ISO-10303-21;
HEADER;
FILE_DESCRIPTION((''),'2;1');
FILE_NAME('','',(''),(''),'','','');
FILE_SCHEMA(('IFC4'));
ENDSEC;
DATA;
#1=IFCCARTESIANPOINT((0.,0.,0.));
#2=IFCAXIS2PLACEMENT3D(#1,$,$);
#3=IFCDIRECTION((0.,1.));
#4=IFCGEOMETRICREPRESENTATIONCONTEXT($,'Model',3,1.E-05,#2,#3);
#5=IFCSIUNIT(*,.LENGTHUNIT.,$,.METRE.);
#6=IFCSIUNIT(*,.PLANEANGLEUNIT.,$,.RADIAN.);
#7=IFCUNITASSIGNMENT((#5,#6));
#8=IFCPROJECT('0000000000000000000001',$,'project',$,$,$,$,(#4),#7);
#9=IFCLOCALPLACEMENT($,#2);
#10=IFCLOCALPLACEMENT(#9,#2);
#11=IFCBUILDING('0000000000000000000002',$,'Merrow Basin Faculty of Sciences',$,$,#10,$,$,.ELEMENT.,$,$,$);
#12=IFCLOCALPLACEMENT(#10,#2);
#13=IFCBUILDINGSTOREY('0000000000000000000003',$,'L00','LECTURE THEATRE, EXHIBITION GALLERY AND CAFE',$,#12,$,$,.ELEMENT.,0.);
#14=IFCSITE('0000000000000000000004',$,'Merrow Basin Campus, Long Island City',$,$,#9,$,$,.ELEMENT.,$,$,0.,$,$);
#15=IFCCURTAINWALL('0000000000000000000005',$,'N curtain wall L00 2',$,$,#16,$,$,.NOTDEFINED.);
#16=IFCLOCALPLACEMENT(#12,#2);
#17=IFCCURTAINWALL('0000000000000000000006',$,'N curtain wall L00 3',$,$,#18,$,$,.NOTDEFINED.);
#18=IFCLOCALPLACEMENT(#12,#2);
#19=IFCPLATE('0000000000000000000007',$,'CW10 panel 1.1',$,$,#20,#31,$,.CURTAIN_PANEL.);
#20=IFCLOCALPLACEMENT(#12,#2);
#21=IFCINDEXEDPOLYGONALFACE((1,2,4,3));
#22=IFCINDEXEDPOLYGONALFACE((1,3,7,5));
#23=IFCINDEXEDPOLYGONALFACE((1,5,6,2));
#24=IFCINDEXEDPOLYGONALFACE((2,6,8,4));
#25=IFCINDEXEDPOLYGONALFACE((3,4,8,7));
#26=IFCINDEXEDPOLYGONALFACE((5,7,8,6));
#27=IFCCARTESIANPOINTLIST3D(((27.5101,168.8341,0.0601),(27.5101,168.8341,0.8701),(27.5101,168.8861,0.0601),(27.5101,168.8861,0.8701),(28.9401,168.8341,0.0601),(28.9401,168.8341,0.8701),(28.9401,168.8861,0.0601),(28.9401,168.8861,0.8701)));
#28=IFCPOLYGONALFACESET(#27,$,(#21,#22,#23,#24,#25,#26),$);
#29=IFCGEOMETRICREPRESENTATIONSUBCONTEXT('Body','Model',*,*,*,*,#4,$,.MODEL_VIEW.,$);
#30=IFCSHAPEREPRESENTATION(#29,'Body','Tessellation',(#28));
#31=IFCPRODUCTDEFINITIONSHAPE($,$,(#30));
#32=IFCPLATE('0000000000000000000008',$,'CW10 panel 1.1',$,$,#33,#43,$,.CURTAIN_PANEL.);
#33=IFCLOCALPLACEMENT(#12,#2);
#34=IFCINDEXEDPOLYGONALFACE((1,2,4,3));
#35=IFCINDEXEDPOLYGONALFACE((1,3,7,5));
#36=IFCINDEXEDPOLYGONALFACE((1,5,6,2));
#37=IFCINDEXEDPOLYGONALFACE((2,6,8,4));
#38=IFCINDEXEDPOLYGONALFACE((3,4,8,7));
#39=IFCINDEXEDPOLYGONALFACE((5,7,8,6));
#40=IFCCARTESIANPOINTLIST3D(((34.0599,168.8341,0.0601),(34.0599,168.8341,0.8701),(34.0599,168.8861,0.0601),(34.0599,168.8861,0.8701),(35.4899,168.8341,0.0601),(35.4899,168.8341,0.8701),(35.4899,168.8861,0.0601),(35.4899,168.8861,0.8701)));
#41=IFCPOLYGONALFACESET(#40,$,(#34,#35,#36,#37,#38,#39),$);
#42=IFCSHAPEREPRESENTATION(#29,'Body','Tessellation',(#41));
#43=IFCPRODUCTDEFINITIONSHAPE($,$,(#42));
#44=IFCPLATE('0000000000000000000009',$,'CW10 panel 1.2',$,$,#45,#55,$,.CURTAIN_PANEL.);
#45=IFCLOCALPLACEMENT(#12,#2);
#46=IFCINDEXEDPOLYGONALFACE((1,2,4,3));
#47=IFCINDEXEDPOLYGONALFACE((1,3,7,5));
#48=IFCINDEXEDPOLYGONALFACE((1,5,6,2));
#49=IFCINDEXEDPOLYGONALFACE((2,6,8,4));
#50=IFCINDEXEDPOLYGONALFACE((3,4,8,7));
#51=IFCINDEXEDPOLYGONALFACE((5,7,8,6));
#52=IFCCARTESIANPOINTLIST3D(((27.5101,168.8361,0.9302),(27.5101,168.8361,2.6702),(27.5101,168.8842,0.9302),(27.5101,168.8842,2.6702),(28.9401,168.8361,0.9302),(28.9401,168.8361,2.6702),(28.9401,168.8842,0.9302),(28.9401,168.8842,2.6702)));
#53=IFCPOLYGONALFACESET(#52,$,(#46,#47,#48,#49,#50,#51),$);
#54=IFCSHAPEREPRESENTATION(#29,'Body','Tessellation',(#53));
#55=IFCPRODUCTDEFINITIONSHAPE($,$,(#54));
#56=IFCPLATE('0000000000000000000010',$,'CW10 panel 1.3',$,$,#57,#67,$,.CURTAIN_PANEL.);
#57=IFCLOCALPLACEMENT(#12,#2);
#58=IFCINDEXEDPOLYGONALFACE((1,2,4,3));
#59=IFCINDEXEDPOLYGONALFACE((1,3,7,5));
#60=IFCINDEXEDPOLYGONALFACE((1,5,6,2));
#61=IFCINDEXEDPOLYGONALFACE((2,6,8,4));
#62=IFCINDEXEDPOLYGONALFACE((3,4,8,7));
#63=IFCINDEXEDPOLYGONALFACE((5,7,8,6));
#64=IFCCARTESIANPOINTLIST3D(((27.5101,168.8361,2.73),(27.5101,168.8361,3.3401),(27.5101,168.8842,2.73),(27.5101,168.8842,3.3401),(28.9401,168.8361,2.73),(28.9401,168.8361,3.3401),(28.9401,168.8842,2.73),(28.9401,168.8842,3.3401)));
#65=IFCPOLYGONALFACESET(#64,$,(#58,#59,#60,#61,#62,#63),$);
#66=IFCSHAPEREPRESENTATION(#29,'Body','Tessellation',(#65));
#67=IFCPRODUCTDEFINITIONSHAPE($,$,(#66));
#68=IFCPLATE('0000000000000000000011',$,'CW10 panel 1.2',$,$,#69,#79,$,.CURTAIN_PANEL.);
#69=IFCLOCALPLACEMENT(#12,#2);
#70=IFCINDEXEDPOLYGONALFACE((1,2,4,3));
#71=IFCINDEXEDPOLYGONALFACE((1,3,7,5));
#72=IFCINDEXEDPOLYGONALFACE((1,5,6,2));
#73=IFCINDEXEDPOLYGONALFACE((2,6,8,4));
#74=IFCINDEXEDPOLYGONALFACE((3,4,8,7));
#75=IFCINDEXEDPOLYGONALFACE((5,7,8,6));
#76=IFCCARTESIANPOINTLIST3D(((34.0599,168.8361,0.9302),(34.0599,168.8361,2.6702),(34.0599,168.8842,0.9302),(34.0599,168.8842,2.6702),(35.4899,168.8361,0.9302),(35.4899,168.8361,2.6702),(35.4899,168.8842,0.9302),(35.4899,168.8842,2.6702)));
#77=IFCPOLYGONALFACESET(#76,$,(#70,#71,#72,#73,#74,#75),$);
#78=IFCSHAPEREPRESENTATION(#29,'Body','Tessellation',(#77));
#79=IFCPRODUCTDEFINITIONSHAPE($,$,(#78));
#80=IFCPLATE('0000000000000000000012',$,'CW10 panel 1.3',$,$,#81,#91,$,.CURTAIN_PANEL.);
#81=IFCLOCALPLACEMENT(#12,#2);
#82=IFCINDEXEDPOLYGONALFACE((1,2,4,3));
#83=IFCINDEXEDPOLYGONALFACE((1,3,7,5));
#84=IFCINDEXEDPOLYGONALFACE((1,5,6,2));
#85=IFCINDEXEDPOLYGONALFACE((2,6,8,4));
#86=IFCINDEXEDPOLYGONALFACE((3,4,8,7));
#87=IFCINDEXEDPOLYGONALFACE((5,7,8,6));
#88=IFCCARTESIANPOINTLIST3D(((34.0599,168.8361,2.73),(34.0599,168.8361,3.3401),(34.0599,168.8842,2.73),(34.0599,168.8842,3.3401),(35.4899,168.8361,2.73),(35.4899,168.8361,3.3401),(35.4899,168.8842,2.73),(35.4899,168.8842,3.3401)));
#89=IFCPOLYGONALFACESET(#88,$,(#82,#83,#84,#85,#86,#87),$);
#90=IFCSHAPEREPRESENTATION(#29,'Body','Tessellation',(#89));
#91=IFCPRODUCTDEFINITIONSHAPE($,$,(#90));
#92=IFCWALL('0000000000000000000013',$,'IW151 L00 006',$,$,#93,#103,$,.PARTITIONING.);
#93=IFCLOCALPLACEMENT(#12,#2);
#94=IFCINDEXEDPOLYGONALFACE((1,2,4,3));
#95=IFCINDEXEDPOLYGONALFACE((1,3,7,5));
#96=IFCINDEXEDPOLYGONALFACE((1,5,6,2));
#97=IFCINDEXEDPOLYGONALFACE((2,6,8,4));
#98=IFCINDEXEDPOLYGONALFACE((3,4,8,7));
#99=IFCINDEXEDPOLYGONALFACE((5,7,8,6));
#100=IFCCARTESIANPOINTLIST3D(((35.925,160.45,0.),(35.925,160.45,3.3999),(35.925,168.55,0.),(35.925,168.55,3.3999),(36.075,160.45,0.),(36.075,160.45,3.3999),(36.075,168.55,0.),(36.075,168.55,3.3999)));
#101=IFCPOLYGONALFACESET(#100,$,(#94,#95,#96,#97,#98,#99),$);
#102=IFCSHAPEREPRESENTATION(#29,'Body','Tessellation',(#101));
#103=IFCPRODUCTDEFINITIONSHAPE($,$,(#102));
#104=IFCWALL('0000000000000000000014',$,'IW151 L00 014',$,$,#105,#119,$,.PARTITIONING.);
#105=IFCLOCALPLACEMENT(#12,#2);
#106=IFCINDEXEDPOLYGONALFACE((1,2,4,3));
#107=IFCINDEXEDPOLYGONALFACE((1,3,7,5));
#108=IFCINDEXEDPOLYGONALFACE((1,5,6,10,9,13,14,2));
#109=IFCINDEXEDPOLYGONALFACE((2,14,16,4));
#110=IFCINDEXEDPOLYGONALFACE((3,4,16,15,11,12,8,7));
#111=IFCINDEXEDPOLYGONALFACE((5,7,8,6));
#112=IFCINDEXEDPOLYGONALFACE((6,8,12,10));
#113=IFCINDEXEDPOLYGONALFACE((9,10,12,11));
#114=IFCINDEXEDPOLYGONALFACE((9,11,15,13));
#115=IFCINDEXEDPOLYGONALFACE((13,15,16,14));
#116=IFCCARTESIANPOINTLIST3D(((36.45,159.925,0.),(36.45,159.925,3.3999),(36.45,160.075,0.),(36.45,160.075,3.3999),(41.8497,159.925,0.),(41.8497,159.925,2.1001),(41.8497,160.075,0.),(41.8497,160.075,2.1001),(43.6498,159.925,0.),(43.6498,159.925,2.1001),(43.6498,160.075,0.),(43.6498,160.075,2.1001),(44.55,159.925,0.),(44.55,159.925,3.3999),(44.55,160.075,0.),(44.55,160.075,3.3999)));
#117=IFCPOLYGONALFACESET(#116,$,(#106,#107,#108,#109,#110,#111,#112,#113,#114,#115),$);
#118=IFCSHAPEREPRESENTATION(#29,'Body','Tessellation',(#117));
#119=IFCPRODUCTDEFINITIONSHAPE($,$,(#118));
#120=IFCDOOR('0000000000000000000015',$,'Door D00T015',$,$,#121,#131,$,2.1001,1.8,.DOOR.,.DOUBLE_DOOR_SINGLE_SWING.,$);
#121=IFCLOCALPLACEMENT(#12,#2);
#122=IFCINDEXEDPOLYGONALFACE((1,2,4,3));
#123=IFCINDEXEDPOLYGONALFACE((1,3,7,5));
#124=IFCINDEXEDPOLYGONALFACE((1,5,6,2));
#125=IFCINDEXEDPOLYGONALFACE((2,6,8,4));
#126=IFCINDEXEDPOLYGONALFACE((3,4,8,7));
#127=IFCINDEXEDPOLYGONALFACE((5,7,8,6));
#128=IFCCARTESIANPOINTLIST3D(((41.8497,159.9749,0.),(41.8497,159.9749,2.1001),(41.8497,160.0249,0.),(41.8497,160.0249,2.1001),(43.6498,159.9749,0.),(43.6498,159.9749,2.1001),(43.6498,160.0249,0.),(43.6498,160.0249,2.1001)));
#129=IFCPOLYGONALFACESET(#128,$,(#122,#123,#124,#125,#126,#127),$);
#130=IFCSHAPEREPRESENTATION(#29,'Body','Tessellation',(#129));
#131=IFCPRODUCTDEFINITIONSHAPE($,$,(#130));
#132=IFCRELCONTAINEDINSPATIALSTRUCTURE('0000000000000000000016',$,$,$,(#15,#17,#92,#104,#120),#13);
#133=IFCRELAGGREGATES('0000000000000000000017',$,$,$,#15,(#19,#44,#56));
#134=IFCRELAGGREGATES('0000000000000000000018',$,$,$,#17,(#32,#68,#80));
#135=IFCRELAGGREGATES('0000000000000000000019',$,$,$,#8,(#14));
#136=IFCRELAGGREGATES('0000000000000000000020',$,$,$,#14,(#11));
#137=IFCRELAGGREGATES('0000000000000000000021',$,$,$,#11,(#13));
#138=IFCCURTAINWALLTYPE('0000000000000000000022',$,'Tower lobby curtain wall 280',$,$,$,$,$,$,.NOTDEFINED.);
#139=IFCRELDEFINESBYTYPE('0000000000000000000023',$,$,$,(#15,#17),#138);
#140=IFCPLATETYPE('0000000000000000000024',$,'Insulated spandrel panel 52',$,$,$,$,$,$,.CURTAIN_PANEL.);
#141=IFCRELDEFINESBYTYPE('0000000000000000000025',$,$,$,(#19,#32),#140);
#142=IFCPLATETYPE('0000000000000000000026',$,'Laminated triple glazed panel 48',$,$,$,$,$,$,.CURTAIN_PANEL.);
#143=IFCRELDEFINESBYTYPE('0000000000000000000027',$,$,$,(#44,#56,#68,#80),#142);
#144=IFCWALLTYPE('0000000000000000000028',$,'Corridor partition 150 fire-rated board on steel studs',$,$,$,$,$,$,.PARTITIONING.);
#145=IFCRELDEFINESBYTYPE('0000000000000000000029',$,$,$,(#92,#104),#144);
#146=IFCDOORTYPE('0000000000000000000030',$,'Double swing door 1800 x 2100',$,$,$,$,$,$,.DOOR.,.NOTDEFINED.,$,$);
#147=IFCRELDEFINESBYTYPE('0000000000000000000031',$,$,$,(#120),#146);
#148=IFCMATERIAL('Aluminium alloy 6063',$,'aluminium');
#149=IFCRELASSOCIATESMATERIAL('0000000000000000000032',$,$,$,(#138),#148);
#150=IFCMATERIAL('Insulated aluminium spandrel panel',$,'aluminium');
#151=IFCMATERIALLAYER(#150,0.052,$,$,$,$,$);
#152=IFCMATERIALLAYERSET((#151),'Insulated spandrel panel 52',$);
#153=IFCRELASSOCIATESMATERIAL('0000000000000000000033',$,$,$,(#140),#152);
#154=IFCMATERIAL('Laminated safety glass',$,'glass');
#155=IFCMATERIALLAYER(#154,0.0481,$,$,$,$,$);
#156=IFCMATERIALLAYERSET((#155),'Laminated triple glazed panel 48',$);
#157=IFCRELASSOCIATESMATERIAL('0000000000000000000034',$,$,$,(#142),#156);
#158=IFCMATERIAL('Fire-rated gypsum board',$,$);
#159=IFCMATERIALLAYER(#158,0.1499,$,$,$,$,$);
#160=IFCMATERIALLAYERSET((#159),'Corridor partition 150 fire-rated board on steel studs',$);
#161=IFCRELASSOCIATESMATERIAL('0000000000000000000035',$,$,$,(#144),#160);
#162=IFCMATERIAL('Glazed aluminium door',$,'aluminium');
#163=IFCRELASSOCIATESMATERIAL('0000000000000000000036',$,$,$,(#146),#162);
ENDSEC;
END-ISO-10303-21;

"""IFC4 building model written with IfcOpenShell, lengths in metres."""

from ifc_helpers import new_model, si_unit, direction, frame, frame_2d, origin, origin_2d, place, context, subcontext, project, spatial, rectangle, extrude, material, layer, layer_set, type_object, element, fill, aggregate, save


model = new_model("IFC4")

# Units and contexts
model_context = context("Model", 3, precision=1e-05, world=origin(), true_north=direction((0.0, 1.0)))
body_context = subcontext(model_context, "Body", "Model", "MODEL_VIEW")
ifc_project = project(units=[si_unit("LENGTHUNIT", "METRE"), si_unit("PLANEANGLEUNIT", "RADIAN")], contexts=[model_context])

# Site, building, storey
site_placement = place(None, origin())
site = spatial("IfcSite", under=ifc_project, at=site_placement, Name="Merrow Basin Campus, Long Island City", CompositionType="ELEMENT", RefElevation=0.0)
building_placement = place(site_placement, origin())
building = spatial("IfcBuilding", under=site, at=building_placement, Name="Merrow Basin Faculty of Sciences", CompositionType="ELEMENT")
storey_placement = place(building_placement, origin())
storey = spatial("IfcBuildingStorey", under=building, at=storey_placement, Name="L00", Description="LECTURE THEATRE, EXHIBITION GALLERY AND CAFE", CompositionType="ELEMENT", Elevation=0.0)

# Curtain wall
ifc_material_1 = material(Name="Aluminium alloy 6063", Category="aluminium")
curtain_wall_type = type_object("IfcCurtainWallType", Name="Tower lobby curtain wall 280", PredefinedType="NOTDEFINED", material=ifc_material_1)
curtain_wall_1_placement = place(storey_placement, origin())
curtain_wall_1 = element("IfcCurtainWall", 1, at=curtain_wall_1_placement, inside=storey, type_object=curtain_wall_type, Name="N curtain wall L00 2", PredefinedType="NOTDEFINED")

# Curtain wall
curtain_wall_2_placement = place(storey_placement, origin())
curtain_wall_2 = element("IfcCurtainWall", 2, at=curtain_wall_2_placement, inside=storey, type_object=curtain_wall_type, Name="N curtain wall L00 3", PredefinedType="NOTDEFINED")

# Plates
ifc_material_2 = material(Name="Insulated aluminium spandrel panel", Category="aluminium")
ifc_layer_1 = layer(ifc_material_2, 0.052)
ifc_layer_set_1 = layer_set([ifc_layer_1], Name="Insulated spandrel panel 52")
plate_type_1 = type_object("IfcPlateType", Name="Insulated spandrel panel 52", PredefinedType="CURTAIN_PANEL", material=ifc_layer_set_1)
plate_1_placement = place(storey_placement, frame((28.2251, 168.8601, 0.0601), z_axis=(0.0, 0.0, 1.0), x_axis=(1.0, 0.0, 0.0)))
plate_1 = element("IfcPlate", 3, at=plate_1_placement, type_object=plate_type_1, Name="CW10 panel 1.1", PredefinedType="CURTAIN_PANEL", context=body_context, shape_type="SweptSolid", body=[
    extrude(rectangle(XDim=1.4299, YDim=0.052, at=origin_2d()), origin(), (0.0, 0.0, 1.0), 0.8101),
])
plate_2_placement = place(storey_placement, frame((34.7749, 168.8601, 0.0601), z_axis=(0.0, 0.0, 1.0), x_axis=(1.0, 0.0, 0.0)))
plate_2 = element("IfcPlate", 4, at=plate_2_placement, type_object=plate_type_1, Name="CW10 panel 1.1", PredefinedType="CURTAIN_PANEL", context=body_context, shape_type="SweptSolid", body=[
    extrude(rectangle(XDim=1.4299, YDim=0.052, at=origin_2d()), origin(), (0.0, 0.0, 1.0), 0.8101),
])
ifc_material_3 = material(Name="Laminated safety glass", Category="glass")
ifc_layer_2 = layer(ifc_material_3, 0.0481)
ifc_layer_set_2 = layer_set([ifc_layer_2], Name="Laminated triple glazed panel 48")
plate_type_2 = type_object("IfcPlateType", Name="Laminated triple glazed panel 48", PredefinedType="CURTAIN_PANEL", material=ifc_layer_set_2)
plate_3_placement = place(storey_placement, frame((28.2251, 168.8601, 0.9302), z_axis=(0.0, 0.0, 1.0), x_axis=(1.0, 0.0, 0.0)))
plate_3 = element("IfcPlate", 5, at=plate_3_placement, type_object=plate_type_2, Name="CW10 panel 1.2", PredefinedType="CURTAIN_PANEL", context=body_context, shape_type="SweptSolid", body=[
    extrude(rectangle(XDim=1.4299, YDim=0.0481, at=origin_2d()), origin(), (0.0, 0.0, 1.0), 1.74),
])
plate_4_placement = place(storey_placement, frame((28.2251, 168.8601, 2.73), z_axis=(0.0, 0.0, 1.0), x_axis=(1.0, 0.0, 0.0)))
plate_4 = element("IfcPlate", 6, at=plate_4_placement, type_object=plate_type_2, Name="CW10 panel 1.3", PredefinedType="CURTAIN_PANEL", context=body_context, shape_type="SweptSolid", body=[
    extrude(rectangle(XDim=1.4299, YDim=0.0481, at=origin_2d()), origin(), (0.0, 0.0, 1.0), 0.6101),
])
aggregate(curtain_wall_1, [plate_1, plate_3, plate_4])
plate_5_placement = place(storey_placement, frame((34.7749, 168.8601, 0.9302), z_axis=(0.0, 0.0, 1.0), x_axis=(1.0, 0.0, 0.0)))
plate_5 = element("IfcPlate", 7, at=plate_5_placement, type_object=plate_type_2, Name="CW10 panel 1.2", PredefinedType="CURTAIN_PANEL", context=body_context, shape_type="SweptSolid", body=[
    extrude(rectangle(XDim=1.4299, YDim=0.0481, at=origin_2d()), origin(), (0.0, 0.0, 1.0), 1.74),
])
plate_6_placement = place(storey_placement, frame((34.7749, 168.8601, 2.73), z_axis=(0.0, 0.0, 1.0), x_axis=(1.0, 0.0, 0.0)))
plate_6 = element("IfcPlate", 8, at=plate_6_placement, type_object=plate_type_2, Name="CW10 panel 1.3", PredefinedType="CURTAIN_PANEL", context=body_context, shape_type="SweptSolid", body=[
    extrude(rectangle(XDim=1.4299, YDim=0.0481, at=origin_2d()), origin(), (0.0, 0.0, 1.0), 0.6101),
])
aggregate(curtain_wall_2, [plate_2, plate_5, plate_6])

# Wall
ifc_material_4 = material(Name="Fire-rated gypsum board")
ifc_layer_3 = layer(ifc_material_4, 0.1499)
ifc_layer_set_3 = layer_set([ifc_layer_3], Name="Corridor partition 150 fire-rated board on steel studs")
wall_type_1 = type_object("IfcWallType", Name="Corridor partition 150 fire-rated board on steel studs", PredefinedType="PARTITIONING", material=ifc_layer_set_3)
wall_1_placement = place(storey_placement, frame((36.0, 160.45, 0.0), z_axis=(0.0, 0.0, 1.0), x_axis=(0.0, 1.0, 0.0)))
element("IfcWall", 9, at=wall_1_placement, inside=storey, type_object=wall_type_1, Name="IW151 L00 006", PredefinedType="PARTITIONING", context=body_context, shape_type="SweptSolid", body=[
    extrude(rectangle(XDim=8.1001, YDim=0.1499, at=frame_2d((4.05, 0.0))), origin(), (0.0, 0.0, 1.0), 3.3999),
])

# Wall, opening, door
wall_2_placement = place(storey_placement, frame((36.45, 160.0, 0.0), z_axis=(0.0, 0.0, 1.0), x_axis=(1.0, 0.0, 0.0)))
wall_2 = element("IfcWall", 10, at=wall_2_placement, inside=storey, type_object=wall_type_1, Name="IW151 L00 014", PredefinedType="PARTITIONING", context=body_context, shape_type="SweptSolid", body=[
    extrude(rectangle(XDim=8.1001, YDim=0.1499, at=frame_2d((4.05, 0.0))), origin(), (0.0, 0.0, 1.0), 3.3999),
])
opening_1_placement = place(wall_2_placement, frame((5.3999, 0.0, 0.0)))
opening_1 = element("IfcOpeningElement", 11, at=opening_1_placement, cuts=wall_2, PredefinedType="OPENING", context=body_context, shape_type="SweptSolid", body=[
    extrude(rectangle(XDim=1.8, YDim=2.1001, at=frame_2d((0.8999, 1.05))), frame((0.0, 0.085, 0.0), z_axis=(0.0, -1.0, 0.0), x_axis=(1.0, 0.0, 0.0)), (0.0, 0.0, 1.0), 0.1699),
])
ifc_material_5 = material(Name="Glazed aluminium door", Category="aluminium")
door_type = type_object("IfcDoorType", Name="Double swing door 1800 x 2100", OperationType="NOTDEFINED", PredefinedType="DOOR", material=ifc_material_5)
door_1_placement = place(opening_1_placement, origin())
door_1 = element("IfcDoor", 12, at=door_1_placement, inside=storey, type_object=door_type, Name="Door D00T015", OperationType="DOUBLE_DOOR_SINGLE_SWING", OverallHeight=2.1001, OverallWidth=1.8, PredefinedType="DOOR", context=body_context, shape_type="SweptSolid", body=[
    extrude(rectangle(XDim=1.8, YDim=2.1001, at=frame_2d((0.8999, 1.05))), frame((0.0, 0.0249, 0.0), z_axis=(0.0, -1.0, 0.0), x_axis=(1.0, 0.0, 0.0)), (0.0, 0.0, 1.0), 0.05),
])
fill(opening_1, door_1)

save(model, "model.ifc")
